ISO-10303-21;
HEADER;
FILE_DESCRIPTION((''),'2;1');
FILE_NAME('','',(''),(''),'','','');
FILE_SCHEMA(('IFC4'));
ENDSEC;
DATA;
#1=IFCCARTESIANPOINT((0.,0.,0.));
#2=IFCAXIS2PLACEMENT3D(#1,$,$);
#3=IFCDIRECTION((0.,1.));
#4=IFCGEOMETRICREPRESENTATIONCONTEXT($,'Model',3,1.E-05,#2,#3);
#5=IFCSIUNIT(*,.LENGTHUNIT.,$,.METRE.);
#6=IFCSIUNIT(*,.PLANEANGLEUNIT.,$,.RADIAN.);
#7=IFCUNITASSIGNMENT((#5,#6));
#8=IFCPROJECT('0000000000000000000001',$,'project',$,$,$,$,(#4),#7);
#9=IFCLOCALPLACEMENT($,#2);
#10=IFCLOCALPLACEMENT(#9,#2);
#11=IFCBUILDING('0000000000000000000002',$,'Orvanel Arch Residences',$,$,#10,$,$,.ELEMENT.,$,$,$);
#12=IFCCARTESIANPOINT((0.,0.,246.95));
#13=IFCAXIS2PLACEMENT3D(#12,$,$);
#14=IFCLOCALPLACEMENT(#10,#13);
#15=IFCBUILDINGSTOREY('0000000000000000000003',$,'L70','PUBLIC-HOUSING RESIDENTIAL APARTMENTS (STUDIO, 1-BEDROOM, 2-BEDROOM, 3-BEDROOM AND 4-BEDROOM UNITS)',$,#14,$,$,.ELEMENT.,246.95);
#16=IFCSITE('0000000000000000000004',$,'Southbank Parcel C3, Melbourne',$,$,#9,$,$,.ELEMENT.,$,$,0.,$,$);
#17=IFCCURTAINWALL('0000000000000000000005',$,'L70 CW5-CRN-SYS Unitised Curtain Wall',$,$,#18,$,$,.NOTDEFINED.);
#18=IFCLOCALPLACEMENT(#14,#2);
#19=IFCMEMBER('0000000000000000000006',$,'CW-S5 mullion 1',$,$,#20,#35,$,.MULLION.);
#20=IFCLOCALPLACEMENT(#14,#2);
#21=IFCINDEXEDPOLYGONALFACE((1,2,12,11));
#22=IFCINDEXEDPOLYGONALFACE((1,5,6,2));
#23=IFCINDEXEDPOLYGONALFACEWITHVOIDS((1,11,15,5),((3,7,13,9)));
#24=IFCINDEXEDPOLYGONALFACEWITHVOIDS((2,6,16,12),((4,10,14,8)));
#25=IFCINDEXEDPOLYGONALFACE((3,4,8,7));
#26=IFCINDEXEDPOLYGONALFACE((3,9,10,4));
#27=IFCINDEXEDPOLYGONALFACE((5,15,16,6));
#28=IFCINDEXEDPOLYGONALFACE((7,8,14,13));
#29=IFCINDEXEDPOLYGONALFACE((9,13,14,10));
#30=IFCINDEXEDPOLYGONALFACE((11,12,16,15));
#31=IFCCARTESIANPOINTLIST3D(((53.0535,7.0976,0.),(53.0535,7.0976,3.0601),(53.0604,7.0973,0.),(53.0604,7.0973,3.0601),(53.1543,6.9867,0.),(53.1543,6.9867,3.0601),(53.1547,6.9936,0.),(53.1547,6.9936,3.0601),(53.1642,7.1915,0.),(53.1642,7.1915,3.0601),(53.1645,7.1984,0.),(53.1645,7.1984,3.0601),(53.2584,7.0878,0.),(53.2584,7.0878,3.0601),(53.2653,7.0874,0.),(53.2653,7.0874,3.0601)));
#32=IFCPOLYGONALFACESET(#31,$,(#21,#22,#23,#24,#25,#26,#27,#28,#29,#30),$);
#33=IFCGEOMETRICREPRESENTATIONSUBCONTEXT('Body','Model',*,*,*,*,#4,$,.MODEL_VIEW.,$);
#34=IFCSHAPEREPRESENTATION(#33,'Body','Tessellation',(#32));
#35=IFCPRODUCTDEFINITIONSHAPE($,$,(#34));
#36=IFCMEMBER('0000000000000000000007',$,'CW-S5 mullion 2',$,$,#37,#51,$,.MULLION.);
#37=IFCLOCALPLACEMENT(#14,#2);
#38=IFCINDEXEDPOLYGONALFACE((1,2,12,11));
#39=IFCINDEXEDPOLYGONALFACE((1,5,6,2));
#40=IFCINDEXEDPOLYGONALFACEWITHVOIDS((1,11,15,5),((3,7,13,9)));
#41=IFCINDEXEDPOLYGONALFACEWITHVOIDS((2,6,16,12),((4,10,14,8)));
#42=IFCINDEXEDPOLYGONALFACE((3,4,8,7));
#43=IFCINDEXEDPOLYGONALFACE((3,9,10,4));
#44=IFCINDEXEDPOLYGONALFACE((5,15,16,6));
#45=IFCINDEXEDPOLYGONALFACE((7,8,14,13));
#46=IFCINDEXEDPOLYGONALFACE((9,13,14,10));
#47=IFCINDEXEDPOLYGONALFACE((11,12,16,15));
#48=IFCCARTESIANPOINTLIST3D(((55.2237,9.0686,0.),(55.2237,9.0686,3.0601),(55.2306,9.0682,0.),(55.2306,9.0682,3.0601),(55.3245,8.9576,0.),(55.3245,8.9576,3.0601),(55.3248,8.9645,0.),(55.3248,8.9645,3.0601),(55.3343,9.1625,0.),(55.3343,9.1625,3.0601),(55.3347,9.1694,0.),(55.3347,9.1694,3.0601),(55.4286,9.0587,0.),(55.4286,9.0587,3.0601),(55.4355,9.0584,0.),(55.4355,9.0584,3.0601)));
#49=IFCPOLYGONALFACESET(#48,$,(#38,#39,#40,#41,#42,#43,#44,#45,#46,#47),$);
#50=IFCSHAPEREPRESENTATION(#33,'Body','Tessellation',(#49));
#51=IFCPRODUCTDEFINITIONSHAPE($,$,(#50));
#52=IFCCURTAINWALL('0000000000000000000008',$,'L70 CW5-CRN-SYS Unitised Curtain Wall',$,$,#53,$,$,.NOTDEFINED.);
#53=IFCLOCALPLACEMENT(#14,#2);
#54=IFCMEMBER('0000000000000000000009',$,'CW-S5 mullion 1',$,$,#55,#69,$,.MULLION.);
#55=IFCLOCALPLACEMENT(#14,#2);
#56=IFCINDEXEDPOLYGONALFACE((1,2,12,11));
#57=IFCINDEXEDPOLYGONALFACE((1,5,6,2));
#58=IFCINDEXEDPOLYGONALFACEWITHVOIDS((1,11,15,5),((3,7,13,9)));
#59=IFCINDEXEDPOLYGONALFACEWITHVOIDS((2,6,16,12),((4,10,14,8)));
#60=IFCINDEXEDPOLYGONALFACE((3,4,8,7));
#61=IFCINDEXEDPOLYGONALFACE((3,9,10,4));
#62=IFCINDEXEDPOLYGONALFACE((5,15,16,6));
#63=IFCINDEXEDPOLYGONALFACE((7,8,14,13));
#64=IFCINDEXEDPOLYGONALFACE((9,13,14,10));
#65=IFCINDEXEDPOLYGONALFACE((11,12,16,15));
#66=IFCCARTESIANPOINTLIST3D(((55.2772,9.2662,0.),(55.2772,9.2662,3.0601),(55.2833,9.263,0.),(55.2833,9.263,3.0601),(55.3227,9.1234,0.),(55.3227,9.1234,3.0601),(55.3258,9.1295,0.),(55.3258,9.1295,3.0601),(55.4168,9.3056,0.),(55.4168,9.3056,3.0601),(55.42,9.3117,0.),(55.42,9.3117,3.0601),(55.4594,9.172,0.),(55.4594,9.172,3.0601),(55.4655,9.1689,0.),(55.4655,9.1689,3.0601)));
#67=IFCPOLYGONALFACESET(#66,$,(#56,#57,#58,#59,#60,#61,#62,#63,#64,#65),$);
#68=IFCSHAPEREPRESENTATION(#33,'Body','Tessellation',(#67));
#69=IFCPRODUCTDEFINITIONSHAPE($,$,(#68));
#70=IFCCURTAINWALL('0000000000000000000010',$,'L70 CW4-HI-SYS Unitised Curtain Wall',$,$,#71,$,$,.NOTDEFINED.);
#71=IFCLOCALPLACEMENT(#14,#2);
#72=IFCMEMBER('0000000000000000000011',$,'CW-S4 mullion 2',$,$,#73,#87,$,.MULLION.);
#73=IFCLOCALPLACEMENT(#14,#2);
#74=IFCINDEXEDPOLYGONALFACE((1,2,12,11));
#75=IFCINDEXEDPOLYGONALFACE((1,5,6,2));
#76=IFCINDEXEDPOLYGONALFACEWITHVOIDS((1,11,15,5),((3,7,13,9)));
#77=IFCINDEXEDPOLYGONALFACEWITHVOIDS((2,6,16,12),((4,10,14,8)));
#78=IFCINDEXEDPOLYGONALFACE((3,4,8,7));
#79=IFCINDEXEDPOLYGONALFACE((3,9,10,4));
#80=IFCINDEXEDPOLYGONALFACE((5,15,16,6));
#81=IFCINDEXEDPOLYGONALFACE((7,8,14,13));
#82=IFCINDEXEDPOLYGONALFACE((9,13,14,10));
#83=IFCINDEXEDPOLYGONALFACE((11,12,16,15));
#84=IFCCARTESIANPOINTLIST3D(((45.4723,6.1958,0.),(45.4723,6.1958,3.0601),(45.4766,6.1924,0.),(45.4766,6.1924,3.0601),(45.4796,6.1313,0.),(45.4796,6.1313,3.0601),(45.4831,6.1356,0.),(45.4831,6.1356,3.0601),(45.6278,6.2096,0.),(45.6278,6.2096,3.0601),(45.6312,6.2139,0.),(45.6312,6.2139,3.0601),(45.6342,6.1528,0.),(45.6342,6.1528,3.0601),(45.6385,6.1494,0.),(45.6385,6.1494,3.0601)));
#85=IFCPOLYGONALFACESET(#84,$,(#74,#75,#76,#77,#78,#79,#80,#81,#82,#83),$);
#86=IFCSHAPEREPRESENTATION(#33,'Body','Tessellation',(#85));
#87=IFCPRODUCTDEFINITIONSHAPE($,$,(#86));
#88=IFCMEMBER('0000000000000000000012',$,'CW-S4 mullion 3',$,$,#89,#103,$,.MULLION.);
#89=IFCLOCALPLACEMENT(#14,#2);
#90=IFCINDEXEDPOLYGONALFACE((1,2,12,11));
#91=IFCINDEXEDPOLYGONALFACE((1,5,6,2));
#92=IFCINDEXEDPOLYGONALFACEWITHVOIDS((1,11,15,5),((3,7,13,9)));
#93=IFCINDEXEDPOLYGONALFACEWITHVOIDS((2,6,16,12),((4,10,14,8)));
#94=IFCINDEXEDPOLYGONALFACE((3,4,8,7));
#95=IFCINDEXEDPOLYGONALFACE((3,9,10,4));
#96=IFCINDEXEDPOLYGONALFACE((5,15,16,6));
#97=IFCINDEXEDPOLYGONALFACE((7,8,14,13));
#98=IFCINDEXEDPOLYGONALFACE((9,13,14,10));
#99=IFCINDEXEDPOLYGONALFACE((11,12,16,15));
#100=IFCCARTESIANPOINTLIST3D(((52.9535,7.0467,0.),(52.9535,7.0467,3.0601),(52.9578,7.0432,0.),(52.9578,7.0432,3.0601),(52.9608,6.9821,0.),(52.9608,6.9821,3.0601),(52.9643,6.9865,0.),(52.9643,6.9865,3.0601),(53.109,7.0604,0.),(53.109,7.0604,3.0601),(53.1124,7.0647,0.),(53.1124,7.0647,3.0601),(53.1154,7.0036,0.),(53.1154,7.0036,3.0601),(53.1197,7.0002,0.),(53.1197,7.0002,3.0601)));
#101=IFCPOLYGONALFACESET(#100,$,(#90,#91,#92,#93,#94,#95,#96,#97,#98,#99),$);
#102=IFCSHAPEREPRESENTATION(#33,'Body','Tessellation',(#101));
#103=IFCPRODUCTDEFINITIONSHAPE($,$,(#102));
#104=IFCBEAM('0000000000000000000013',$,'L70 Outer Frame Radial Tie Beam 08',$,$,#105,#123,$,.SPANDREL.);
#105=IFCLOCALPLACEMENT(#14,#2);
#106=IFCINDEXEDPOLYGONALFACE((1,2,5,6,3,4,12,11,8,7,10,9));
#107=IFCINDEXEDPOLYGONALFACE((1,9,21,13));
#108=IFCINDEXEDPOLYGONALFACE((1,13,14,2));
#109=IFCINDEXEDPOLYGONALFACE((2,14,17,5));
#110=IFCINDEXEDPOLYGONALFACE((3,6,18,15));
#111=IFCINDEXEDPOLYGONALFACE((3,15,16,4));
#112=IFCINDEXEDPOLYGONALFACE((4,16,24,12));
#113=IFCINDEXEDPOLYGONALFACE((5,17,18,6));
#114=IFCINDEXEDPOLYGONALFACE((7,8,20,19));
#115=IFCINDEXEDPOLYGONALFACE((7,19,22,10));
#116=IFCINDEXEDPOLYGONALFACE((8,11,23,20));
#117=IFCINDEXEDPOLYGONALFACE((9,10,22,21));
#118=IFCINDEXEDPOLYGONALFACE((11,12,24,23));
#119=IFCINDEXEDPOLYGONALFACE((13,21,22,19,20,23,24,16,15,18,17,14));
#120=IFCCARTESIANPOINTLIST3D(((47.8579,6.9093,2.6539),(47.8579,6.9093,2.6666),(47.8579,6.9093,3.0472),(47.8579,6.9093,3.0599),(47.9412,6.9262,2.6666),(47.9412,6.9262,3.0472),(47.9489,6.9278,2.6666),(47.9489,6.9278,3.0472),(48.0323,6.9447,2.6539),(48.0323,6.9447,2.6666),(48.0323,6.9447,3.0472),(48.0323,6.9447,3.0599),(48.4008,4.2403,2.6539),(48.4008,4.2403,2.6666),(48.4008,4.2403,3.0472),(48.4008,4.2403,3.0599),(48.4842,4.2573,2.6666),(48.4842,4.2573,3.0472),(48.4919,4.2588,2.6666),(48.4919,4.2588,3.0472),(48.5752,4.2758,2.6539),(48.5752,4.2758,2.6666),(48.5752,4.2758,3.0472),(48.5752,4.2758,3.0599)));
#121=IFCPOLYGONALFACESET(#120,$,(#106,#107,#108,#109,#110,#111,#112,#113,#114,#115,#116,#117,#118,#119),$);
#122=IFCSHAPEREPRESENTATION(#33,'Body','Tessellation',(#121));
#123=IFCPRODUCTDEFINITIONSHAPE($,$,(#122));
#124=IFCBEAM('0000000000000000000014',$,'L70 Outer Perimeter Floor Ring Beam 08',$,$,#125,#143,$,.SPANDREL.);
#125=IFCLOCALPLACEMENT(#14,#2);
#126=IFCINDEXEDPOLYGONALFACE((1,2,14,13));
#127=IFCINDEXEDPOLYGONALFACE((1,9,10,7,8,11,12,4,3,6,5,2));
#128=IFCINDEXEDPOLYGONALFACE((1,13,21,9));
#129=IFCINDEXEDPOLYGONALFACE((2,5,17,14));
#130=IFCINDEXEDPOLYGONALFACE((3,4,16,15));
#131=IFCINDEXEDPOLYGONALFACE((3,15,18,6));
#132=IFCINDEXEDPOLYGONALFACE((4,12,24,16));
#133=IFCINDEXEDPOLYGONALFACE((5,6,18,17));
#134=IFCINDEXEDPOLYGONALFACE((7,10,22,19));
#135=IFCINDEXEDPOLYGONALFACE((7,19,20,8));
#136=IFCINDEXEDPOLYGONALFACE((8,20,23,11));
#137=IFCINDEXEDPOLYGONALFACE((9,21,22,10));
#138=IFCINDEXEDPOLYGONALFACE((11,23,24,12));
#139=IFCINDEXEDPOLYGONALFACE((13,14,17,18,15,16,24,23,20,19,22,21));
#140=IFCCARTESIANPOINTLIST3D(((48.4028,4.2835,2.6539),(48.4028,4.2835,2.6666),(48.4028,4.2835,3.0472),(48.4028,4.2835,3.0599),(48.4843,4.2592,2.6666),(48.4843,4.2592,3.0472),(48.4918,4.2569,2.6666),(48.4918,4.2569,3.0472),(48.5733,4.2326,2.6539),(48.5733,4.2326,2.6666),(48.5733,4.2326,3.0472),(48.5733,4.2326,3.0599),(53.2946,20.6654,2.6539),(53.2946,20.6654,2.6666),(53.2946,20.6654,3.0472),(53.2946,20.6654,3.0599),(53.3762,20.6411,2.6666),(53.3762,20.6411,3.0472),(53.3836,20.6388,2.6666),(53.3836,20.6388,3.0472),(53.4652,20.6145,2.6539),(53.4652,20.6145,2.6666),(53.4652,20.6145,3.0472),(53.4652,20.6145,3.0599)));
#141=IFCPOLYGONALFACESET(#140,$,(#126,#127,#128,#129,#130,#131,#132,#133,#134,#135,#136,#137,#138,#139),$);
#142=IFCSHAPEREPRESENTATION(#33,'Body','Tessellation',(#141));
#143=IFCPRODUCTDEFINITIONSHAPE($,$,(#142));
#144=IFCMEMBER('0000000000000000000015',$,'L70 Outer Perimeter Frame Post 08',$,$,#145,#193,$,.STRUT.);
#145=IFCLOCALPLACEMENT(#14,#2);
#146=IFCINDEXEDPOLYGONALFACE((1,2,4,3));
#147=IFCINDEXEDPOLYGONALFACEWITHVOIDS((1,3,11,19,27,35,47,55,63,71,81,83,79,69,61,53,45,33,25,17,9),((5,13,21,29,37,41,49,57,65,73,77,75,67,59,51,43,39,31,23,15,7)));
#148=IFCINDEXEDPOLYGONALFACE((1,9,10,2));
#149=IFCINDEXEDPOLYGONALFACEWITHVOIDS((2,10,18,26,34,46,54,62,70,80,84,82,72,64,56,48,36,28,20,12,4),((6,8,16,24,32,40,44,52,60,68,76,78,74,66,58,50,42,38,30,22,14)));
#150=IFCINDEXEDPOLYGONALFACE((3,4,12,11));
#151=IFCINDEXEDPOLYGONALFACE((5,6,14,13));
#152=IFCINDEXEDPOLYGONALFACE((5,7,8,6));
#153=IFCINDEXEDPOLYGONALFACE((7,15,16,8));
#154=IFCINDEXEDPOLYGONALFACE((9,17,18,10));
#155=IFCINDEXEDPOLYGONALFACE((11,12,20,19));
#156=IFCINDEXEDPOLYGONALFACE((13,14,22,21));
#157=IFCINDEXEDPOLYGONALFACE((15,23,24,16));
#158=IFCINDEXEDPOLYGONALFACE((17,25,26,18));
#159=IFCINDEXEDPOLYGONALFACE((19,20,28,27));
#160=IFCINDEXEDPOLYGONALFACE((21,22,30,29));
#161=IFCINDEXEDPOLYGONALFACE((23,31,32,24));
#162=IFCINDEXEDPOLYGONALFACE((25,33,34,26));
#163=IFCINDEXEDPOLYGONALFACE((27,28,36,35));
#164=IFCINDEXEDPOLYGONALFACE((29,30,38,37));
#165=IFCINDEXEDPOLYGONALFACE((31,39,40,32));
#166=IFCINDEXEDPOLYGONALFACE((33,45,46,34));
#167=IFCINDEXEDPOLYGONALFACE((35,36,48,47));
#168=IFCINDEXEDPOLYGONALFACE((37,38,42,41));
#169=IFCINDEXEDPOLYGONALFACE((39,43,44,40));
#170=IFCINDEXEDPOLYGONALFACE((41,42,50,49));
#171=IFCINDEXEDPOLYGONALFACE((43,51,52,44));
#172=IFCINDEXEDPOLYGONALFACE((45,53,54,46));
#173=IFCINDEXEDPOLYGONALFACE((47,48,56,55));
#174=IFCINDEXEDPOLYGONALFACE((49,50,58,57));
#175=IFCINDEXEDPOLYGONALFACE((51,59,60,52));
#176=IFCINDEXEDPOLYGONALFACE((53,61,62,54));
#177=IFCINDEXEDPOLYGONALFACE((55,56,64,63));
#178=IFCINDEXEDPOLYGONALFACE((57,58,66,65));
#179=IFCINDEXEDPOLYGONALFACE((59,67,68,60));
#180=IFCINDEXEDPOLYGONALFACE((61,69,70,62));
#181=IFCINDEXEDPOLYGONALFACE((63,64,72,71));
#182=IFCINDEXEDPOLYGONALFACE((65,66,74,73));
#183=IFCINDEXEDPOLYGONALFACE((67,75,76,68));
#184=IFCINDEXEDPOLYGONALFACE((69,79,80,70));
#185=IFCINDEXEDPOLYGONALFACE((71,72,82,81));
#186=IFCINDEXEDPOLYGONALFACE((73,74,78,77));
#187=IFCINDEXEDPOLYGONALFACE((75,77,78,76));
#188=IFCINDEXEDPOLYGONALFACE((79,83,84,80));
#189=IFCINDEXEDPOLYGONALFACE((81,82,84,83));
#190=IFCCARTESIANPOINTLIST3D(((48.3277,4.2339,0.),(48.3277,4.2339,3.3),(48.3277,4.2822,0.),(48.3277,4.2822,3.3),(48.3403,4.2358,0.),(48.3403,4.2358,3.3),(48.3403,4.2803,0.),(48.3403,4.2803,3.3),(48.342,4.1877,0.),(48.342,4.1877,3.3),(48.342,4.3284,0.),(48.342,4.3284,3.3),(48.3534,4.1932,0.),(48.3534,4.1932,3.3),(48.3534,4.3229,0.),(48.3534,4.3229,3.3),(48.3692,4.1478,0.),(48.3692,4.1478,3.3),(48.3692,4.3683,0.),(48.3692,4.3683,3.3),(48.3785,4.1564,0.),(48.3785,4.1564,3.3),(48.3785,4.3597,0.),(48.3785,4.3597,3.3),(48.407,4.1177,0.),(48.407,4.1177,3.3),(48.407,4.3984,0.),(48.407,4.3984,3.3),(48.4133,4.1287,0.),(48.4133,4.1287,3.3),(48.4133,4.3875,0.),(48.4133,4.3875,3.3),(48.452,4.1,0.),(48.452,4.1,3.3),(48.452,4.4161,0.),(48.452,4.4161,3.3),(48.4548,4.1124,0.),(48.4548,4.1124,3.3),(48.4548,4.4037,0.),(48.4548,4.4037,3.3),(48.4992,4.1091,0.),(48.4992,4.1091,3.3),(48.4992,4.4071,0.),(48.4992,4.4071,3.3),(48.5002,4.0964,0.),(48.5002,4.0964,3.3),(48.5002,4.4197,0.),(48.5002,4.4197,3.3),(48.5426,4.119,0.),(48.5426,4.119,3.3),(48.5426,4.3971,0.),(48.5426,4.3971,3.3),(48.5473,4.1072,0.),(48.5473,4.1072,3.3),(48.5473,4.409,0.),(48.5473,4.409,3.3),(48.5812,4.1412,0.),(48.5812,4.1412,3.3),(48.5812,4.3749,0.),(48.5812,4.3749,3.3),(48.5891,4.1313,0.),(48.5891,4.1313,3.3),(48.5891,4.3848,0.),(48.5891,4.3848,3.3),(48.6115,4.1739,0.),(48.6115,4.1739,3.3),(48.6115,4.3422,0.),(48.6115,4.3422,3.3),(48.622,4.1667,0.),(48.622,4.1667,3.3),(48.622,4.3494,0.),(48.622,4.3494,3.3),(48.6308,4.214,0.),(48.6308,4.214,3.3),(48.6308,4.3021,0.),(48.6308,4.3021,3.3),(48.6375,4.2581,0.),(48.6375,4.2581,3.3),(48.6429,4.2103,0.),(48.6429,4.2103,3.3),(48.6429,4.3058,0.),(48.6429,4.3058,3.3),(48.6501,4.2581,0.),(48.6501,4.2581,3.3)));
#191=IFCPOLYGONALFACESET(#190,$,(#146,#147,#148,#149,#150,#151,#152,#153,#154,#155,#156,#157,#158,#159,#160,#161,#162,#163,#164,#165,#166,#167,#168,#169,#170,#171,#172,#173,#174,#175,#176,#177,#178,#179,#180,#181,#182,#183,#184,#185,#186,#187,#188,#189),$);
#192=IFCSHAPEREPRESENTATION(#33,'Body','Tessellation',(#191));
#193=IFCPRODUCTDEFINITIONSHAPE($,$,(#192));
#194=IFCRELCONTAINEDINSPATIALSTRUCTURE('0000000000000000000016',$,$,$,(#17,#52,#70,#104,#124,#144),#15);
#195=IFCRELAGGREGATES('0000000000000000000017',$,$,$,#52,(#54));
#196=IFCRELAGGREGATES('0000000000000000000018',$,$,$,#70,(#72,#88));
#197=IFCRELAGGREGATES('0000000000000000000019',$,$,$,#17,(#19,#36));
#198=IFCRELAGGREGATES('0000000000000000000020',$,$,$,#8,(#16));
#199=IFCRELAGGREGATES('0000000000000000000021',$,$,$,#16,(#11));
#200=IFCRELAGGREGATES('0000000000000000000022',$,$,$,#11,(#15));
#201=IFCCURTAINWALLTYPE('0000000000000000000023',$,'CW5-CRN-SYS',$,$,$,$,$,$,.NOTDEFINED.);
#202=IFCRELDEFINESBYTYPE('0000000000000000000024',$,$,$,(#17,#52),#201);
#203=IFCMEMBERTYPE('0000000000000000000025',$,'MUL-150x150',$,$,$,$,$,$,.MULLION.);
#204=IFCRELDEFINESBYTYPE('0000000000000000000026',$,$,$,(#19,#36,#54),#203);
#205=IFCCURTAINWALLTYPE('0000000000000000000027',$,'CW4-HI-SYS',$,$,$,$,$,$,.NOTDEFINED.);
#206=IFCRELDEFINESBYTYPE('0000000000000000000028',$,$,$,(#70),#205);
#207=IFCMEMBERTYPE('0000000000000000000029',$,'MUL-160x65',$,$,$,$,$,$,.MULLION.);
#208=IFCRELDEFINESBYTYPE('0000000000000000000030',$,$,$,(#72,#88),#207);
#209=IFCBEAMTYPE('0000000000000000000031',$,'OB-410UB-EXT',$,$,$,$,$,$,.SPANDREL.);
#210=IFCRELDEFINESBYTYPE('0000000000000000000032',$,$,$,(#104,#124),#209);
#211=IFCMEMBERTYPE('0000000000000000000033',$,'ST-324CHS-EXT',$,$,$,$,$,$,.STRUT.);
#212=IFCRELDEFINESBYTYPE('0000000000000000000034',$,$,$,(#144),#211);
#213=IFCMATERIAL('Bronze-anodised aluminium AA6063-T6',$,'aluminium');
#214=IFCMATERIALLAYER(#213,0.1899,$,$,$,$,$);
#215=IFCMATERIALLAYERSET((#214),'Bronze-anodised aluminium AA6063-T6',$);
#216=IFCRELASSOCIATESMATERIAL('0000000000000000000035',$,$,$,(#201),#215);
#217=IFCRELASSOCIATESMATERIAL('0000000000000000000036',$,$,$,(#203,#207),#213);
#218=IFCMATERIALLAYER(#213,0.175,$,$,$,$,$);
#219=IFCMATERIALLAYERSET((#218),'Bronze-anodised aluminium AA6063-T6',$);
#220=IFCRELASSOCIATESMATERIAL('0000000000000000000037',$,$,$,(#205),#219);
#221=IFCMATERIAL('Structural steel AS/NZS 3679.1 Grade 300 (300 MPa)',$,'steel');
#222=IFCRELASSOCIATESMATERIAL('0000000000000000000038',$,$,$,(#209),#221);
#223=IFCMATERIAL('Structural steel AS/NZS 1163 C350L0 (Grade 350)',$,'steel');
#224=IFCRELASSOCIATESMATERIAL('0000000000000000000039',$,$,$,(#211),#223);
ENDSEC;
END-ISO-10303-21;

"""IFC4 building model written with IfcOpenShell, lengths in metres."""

from ifc_helpers import new_model, si_unit, direction, frame, origin, origin_2d, place, context, subcontext, project, spatial, hollow_rectangle, hollow_circle, i_section, extrude, material, layer, layer_set, material_profile, profile_set, type_object, element, aggregate, save


model = new_model("IFC4")

# Units and contexts
model_context = context("Model", 3, precision=1e-05, world=origin(), true_north=direction((0.0, 1.0)))
body_context = subcontext(model_context, "Body", "Model", "MODEL_VIEW")
ifc_project = project(units=[si_unit("LENGTHUNIT", "METRE"), si_unit("PLANEANGLEUNIT", "RADIAN")], contexts=[model_context])

# Site, building, storey
site_placement = place(None, origin())
site = spatial("IfcSite", under=ifc_project, at=site_placement, Name="Southbank Parcel C3, Melbourne", CompositionType="ELEMENT", RefElevation=0.0)
building_placement = place(site_placement, origin())
building = spatial("IfcBuilding", under=site, at=building_placement, Name="Orvanel Arch Residences", CompositionType="ELEMENT")
storey_placement = place(building_placement, frame((0.0, 0.0, 246.95)))
storey = spatial("IfcBuildingStorey", under=building, at=storey_placement, Name="L70", Description="PUBLIC-HOUSING RESIDENTIAL APARTMENTS (STUDIO, 1-BEDROOM, 2-BEDROOM, 3-BEDROOM AND 4-BEDROOM UNITS)", CompositionType="ELEMENT", Elevation=246.95)

# Curtain wall, members
ifc_material_1 = material(Name="Bronze-anodised aluminium AA6063-T6", Category="aluminium")
ifc_layer_1 = layer(ifc_material_1, 0.1899)
ifc_layer_set_1 = layer_set([ifc_layer_1], Name="Bronze-anodised aluminium AA6063-T6")
curtain_wall_type_1 = type_object("IfcCurtainWallType", Name="CW5-CRN-SYS", PredefinedType="NOTDEFINED", material=ifc_layer_set_1)
curtain_wall_1_placement = place(storey_placement, origin())
curtain_wall_1 = element("IfcCurtainWall", 1, at=curtain_wall_1_placement, inside=storey, type_object=curtain_wall_type_1, Name="L70 CW5-CRN-SYS Unitised Curtain Wall", PredefinedType="NOTDEFINED")
ifc_material_profile_1 = material_profile(ifc_material_1, hollow_rectangle(XDim=0.1499, YDim=0.1499, WallThickness=0.0049, at=origin_2d()), Name="ALU150x150x5")
ifc_profile_set_1 = profile_set([ifc_material_profile_1], Name="Bronze-anodised aluminium AA6063-T6")
member_type_1 = type_object("IfcMemberType", Name="MUL-150x150", PredefinedType="MULLION", material=ifc_profile_set_1)
member_1_placement = place(storey_placement, frame((53.1594, 7.0925, 0.0), z_axis=(0.0, 0.0, 1.0), x_axis=(-0.672382, 0.740204, 0.0)))
member_1 = element("IfcMember", 2, at=member_1_placement, type_object=member_type_1, Name="CW-S5 mullion 1", PredefinedType="MULLION", context=body_context, shape_type="SweptSolid", body=[
    extrude(hollow_rectangle(XDim=0.1499, YDim=0.1499, WallThickness=0.0049, at=origin_2d()), origin(), (0.0, 0.0, 1.0), 3.0601),
])
member_2_placement = place(storey_placement, frame((55.3296, 9.0635, 0.0), z_axis=(0.0, 0.0, 1.0), x_axis=(-0.672382, 0.740204, 0.0)))
member_2 = element("IfcMember", 3, at=member_2_placement, type_object=member_type_1, Name="CW-S5 mullion 2", PredefinedType="MULLION", context=body_context, shape_type="SweptSolid", body=[
    extrude(hollow_rectangle(XDim=0.1499, YDim=0.1499, WallThickness=0.0049, at=origin_2d()), origin(), (0.0, 0.0, 1.0), 3.0601),
])

# Curtain wall, member
curtain_wall_2_placement = place(storey_placement, origin())
curtain_wall_2 = element("IfcCurtainWall", 4, at=curtain_wall_2_placement, inside=storey, type_object=curtain_wall_type_1, Name="L70 CW5-CRN-SYS Unitised Curtain Wall", PredefinedType="NOTDEFINED")
member_3_placement = place(storey_placement, frame((55.3713, 9.2175, 0.0), z_axis=(0.0, 0.0, 1.0), x_axis=(-0.952802, -0.303593, 0.0)))
member_3 = element("IfcMember", 5, at=member_3_placement, type_object=member_type_1, Name="CW-S5 mullion 1", PredefinedType="MULLION", context=body_context, shape_type="SweptSolid", body=[
    extrude(hollow_rectangle(XDim=0.1499, YDim=0.1499, WallThickness=0.0049, at=origin_2d()), origin(), (0.0, 0.0, 1.0), 3.0601),
])

# Curtain wall, members
ifc_layer_2 = layer(ifc_material_1, 0.175)
ifc_layer_set_2 = layer_set([ifc_layer_2], Name="Bronze-anodised aluminium AA6063-T6")
curtain_wall_type_2 = type_object("IfcCurtainWallType", Name="CW4-HI-SYS", PredefinedType="NOTDEFINED", material=ifc_layer_set_2)
curtain_wall_3_placement = place(storey_placement, origin())
curtain_wall_3 = element("IfcCurtainWall", 6, at=curtain_wall_3_placement, inside=storey, type_object=curtain_wall_type_2, Name="L70 CW4-HI-SYS Unitised Curtain Wall", PredefinedType="NOTDEFINED")
ifc_material_profile_2 = material_profile(ifc_material_1, hollow_rectangle(XDim=0.0649, YDim=0.1599, WallThickness=0.0039, at=origin_2d()), Name="ALU160x65x4")
ifc_profile_set_2 = profile_set([ifc_material_profile_2], Name="Bronze-anodised aluminium AA6063-T6")
member_type_2 = type_object("IfcMemberType", Name="MUL-160x65", PredefinedType="MULLION", material=ifc_profile_set_2)
member_4_placement = place(storey_placement, frame((45.5554, 6.1726, 0.0), z_axis=(0.0, 0.0, 1.0), x_axis=(-0.113, 0.993595, 0.0)))
member_4 = element("IfcMember", 7, at=member_4_placement, type_object=member_type_2, Name="CW-S4 mullion 2", PredefinedType="MULLION", context=body_context, shape_type="SweptSolid", body=[
    extrude(hollow_rectangle(XDim=0.0649, YDim=0.1599, WallThickness=0.0039, at=origin_2d()), origin(), (0.0, 0.0, 1.0), 3.0601),
])
member_5_placement = place(storey_placement, frame((53.0366, 7.0234, 0.0), z_axis=(0.0, 0.0, 1.0), x_axis=(-0.113, 0.993595, 0.0)))
member_5 = element("IfcMember", 8, at=member_5_placement, type_object=member_type_2, Name="CW-S4 mullion 3", PredefinedType="MULLION", context=body_context, shape_type="SweptSolid", body=[
    extrude(hollow_rectangle(XDim=0.0649, YDim=0.1599, WallThickness=0.0039, at=origin_2d()), origin(), (0.0, 0.0, 1.0), 3.0601),
])

# Beams
ifc_material_2 = material(Name="Structural steel AS/NZS 3679.1 Grade 300 (300 MPa)", Category="steel")
ifc_material_profile_3 = material_profile(ifc_material_2, i_section(OverallWidth=0.178, OverallDepth=0.406, WebThickness=0.0078, FlangeThickness=0.0127, at=origin_2d()), Name="410UB59.7")
ifc_profile_set_3 = profile_set([ifc_material_profile_3], Name="Structural steel AS/NZS 3679.1 Grade 300 (300 MPa)")
beam_type = type_object("IfcBeamType", Name="OB-410UB-EXT", PredefinedType="SPANDREL", material=ifc_profile_set_3)
beam_1_placement = place(storey_placement, frame((47.9451, 6.927, 2.8569), z_axis=(0.199356, -0.979927, 0.0), x_axis=(0.979927, 0.199356, 0.0)))
element("IfcBeam", 9, at=beam_1_placement, inside=storey, type_object=beam_type, Name="L70 Outer Frame Radial Tie Beam 08", PredefinedType="SPANDREL", context=body_context, shape_type="SweptSolid", body=[
    extrude(i_section(OverallWidth=0.178, OverallDepth=0.406, WebThickness=0.0078, FlangeThickness=0.0127, at=origin_2d()), origin(), (0.0, 0.0, 1.0), 2.7236),
])
beam_2_placement = place(storey_placement, frame((48.488, 4.2581, 2.8569), z_axis=(0.286129, 0.958191, 0.0), x_axis=(-0.958191, 0.286129, 0.0)))
element("IfcBeam", 10, at=beam_2_placement, inside=storey, type_object=beam_type, Name="L70 Outer Perimeter Floor Ring Beam 08", PredefinedType="SPANDREL", context=body_context, shape_type="SweptSolid", body=[
    extrude(i_section(OverallWidth=0.178, OverallDepth=0.406, WebThickness=0.0078, FlangeThickness=0.0127, at=origin_2d()), origin(), (0.0, 0.0, 1.0), 17.0967),
])

# Member
ifc_material_3 = material(Name="Structural steel AS/NZS 1163 C350L0 (Grade 350)", Category="steel")
ifc_material_profile_4 = material_profile(ifc_material_3, hollow_circle(Radius=0.1621, WallThickness=0.0127, at=origin_2d()), Name="CHS324x12.7")
ifc_profile_set_4 = profile_set([ifc_material_profile_4], Name="Structural steel AS/NZS 1163 C350L0 (Grade 350)")
member_type_3 = type_object("IfcMemberType", Name="ST-324CHS-EXT", PredefinedType="STRUT", material=ifc_profile_set_4)
member_6_placement = place(storey_placement, frame((48.488, 4.2581, 0.0), z_axis=(0.0, 0.0, 1.0), x_axis=(1.0, 0.0, 0.0)))
element("IfcMember", 11, at=member_6_placement, inside=storey, type_object=member_type_3, Name="L70 Outer Perimeter Frame Post 08", PredefinedType="STRUT", context=body_context, shape_type="SweptSolid", body=[
    extrude(hollow_circle(Radius=0.1621, WallThickness=0.0127, at=origin_2d()), origin(), (0.0, 0.0, 1.0), 3.3),
])
aggregate(curtain_wall_2, [member_3])

aggregate(curtain_wall_3, [member_4, member_5])
aggregate(curtain_wall_1, [member_1, member_2])

save(model, "model.ifc")
